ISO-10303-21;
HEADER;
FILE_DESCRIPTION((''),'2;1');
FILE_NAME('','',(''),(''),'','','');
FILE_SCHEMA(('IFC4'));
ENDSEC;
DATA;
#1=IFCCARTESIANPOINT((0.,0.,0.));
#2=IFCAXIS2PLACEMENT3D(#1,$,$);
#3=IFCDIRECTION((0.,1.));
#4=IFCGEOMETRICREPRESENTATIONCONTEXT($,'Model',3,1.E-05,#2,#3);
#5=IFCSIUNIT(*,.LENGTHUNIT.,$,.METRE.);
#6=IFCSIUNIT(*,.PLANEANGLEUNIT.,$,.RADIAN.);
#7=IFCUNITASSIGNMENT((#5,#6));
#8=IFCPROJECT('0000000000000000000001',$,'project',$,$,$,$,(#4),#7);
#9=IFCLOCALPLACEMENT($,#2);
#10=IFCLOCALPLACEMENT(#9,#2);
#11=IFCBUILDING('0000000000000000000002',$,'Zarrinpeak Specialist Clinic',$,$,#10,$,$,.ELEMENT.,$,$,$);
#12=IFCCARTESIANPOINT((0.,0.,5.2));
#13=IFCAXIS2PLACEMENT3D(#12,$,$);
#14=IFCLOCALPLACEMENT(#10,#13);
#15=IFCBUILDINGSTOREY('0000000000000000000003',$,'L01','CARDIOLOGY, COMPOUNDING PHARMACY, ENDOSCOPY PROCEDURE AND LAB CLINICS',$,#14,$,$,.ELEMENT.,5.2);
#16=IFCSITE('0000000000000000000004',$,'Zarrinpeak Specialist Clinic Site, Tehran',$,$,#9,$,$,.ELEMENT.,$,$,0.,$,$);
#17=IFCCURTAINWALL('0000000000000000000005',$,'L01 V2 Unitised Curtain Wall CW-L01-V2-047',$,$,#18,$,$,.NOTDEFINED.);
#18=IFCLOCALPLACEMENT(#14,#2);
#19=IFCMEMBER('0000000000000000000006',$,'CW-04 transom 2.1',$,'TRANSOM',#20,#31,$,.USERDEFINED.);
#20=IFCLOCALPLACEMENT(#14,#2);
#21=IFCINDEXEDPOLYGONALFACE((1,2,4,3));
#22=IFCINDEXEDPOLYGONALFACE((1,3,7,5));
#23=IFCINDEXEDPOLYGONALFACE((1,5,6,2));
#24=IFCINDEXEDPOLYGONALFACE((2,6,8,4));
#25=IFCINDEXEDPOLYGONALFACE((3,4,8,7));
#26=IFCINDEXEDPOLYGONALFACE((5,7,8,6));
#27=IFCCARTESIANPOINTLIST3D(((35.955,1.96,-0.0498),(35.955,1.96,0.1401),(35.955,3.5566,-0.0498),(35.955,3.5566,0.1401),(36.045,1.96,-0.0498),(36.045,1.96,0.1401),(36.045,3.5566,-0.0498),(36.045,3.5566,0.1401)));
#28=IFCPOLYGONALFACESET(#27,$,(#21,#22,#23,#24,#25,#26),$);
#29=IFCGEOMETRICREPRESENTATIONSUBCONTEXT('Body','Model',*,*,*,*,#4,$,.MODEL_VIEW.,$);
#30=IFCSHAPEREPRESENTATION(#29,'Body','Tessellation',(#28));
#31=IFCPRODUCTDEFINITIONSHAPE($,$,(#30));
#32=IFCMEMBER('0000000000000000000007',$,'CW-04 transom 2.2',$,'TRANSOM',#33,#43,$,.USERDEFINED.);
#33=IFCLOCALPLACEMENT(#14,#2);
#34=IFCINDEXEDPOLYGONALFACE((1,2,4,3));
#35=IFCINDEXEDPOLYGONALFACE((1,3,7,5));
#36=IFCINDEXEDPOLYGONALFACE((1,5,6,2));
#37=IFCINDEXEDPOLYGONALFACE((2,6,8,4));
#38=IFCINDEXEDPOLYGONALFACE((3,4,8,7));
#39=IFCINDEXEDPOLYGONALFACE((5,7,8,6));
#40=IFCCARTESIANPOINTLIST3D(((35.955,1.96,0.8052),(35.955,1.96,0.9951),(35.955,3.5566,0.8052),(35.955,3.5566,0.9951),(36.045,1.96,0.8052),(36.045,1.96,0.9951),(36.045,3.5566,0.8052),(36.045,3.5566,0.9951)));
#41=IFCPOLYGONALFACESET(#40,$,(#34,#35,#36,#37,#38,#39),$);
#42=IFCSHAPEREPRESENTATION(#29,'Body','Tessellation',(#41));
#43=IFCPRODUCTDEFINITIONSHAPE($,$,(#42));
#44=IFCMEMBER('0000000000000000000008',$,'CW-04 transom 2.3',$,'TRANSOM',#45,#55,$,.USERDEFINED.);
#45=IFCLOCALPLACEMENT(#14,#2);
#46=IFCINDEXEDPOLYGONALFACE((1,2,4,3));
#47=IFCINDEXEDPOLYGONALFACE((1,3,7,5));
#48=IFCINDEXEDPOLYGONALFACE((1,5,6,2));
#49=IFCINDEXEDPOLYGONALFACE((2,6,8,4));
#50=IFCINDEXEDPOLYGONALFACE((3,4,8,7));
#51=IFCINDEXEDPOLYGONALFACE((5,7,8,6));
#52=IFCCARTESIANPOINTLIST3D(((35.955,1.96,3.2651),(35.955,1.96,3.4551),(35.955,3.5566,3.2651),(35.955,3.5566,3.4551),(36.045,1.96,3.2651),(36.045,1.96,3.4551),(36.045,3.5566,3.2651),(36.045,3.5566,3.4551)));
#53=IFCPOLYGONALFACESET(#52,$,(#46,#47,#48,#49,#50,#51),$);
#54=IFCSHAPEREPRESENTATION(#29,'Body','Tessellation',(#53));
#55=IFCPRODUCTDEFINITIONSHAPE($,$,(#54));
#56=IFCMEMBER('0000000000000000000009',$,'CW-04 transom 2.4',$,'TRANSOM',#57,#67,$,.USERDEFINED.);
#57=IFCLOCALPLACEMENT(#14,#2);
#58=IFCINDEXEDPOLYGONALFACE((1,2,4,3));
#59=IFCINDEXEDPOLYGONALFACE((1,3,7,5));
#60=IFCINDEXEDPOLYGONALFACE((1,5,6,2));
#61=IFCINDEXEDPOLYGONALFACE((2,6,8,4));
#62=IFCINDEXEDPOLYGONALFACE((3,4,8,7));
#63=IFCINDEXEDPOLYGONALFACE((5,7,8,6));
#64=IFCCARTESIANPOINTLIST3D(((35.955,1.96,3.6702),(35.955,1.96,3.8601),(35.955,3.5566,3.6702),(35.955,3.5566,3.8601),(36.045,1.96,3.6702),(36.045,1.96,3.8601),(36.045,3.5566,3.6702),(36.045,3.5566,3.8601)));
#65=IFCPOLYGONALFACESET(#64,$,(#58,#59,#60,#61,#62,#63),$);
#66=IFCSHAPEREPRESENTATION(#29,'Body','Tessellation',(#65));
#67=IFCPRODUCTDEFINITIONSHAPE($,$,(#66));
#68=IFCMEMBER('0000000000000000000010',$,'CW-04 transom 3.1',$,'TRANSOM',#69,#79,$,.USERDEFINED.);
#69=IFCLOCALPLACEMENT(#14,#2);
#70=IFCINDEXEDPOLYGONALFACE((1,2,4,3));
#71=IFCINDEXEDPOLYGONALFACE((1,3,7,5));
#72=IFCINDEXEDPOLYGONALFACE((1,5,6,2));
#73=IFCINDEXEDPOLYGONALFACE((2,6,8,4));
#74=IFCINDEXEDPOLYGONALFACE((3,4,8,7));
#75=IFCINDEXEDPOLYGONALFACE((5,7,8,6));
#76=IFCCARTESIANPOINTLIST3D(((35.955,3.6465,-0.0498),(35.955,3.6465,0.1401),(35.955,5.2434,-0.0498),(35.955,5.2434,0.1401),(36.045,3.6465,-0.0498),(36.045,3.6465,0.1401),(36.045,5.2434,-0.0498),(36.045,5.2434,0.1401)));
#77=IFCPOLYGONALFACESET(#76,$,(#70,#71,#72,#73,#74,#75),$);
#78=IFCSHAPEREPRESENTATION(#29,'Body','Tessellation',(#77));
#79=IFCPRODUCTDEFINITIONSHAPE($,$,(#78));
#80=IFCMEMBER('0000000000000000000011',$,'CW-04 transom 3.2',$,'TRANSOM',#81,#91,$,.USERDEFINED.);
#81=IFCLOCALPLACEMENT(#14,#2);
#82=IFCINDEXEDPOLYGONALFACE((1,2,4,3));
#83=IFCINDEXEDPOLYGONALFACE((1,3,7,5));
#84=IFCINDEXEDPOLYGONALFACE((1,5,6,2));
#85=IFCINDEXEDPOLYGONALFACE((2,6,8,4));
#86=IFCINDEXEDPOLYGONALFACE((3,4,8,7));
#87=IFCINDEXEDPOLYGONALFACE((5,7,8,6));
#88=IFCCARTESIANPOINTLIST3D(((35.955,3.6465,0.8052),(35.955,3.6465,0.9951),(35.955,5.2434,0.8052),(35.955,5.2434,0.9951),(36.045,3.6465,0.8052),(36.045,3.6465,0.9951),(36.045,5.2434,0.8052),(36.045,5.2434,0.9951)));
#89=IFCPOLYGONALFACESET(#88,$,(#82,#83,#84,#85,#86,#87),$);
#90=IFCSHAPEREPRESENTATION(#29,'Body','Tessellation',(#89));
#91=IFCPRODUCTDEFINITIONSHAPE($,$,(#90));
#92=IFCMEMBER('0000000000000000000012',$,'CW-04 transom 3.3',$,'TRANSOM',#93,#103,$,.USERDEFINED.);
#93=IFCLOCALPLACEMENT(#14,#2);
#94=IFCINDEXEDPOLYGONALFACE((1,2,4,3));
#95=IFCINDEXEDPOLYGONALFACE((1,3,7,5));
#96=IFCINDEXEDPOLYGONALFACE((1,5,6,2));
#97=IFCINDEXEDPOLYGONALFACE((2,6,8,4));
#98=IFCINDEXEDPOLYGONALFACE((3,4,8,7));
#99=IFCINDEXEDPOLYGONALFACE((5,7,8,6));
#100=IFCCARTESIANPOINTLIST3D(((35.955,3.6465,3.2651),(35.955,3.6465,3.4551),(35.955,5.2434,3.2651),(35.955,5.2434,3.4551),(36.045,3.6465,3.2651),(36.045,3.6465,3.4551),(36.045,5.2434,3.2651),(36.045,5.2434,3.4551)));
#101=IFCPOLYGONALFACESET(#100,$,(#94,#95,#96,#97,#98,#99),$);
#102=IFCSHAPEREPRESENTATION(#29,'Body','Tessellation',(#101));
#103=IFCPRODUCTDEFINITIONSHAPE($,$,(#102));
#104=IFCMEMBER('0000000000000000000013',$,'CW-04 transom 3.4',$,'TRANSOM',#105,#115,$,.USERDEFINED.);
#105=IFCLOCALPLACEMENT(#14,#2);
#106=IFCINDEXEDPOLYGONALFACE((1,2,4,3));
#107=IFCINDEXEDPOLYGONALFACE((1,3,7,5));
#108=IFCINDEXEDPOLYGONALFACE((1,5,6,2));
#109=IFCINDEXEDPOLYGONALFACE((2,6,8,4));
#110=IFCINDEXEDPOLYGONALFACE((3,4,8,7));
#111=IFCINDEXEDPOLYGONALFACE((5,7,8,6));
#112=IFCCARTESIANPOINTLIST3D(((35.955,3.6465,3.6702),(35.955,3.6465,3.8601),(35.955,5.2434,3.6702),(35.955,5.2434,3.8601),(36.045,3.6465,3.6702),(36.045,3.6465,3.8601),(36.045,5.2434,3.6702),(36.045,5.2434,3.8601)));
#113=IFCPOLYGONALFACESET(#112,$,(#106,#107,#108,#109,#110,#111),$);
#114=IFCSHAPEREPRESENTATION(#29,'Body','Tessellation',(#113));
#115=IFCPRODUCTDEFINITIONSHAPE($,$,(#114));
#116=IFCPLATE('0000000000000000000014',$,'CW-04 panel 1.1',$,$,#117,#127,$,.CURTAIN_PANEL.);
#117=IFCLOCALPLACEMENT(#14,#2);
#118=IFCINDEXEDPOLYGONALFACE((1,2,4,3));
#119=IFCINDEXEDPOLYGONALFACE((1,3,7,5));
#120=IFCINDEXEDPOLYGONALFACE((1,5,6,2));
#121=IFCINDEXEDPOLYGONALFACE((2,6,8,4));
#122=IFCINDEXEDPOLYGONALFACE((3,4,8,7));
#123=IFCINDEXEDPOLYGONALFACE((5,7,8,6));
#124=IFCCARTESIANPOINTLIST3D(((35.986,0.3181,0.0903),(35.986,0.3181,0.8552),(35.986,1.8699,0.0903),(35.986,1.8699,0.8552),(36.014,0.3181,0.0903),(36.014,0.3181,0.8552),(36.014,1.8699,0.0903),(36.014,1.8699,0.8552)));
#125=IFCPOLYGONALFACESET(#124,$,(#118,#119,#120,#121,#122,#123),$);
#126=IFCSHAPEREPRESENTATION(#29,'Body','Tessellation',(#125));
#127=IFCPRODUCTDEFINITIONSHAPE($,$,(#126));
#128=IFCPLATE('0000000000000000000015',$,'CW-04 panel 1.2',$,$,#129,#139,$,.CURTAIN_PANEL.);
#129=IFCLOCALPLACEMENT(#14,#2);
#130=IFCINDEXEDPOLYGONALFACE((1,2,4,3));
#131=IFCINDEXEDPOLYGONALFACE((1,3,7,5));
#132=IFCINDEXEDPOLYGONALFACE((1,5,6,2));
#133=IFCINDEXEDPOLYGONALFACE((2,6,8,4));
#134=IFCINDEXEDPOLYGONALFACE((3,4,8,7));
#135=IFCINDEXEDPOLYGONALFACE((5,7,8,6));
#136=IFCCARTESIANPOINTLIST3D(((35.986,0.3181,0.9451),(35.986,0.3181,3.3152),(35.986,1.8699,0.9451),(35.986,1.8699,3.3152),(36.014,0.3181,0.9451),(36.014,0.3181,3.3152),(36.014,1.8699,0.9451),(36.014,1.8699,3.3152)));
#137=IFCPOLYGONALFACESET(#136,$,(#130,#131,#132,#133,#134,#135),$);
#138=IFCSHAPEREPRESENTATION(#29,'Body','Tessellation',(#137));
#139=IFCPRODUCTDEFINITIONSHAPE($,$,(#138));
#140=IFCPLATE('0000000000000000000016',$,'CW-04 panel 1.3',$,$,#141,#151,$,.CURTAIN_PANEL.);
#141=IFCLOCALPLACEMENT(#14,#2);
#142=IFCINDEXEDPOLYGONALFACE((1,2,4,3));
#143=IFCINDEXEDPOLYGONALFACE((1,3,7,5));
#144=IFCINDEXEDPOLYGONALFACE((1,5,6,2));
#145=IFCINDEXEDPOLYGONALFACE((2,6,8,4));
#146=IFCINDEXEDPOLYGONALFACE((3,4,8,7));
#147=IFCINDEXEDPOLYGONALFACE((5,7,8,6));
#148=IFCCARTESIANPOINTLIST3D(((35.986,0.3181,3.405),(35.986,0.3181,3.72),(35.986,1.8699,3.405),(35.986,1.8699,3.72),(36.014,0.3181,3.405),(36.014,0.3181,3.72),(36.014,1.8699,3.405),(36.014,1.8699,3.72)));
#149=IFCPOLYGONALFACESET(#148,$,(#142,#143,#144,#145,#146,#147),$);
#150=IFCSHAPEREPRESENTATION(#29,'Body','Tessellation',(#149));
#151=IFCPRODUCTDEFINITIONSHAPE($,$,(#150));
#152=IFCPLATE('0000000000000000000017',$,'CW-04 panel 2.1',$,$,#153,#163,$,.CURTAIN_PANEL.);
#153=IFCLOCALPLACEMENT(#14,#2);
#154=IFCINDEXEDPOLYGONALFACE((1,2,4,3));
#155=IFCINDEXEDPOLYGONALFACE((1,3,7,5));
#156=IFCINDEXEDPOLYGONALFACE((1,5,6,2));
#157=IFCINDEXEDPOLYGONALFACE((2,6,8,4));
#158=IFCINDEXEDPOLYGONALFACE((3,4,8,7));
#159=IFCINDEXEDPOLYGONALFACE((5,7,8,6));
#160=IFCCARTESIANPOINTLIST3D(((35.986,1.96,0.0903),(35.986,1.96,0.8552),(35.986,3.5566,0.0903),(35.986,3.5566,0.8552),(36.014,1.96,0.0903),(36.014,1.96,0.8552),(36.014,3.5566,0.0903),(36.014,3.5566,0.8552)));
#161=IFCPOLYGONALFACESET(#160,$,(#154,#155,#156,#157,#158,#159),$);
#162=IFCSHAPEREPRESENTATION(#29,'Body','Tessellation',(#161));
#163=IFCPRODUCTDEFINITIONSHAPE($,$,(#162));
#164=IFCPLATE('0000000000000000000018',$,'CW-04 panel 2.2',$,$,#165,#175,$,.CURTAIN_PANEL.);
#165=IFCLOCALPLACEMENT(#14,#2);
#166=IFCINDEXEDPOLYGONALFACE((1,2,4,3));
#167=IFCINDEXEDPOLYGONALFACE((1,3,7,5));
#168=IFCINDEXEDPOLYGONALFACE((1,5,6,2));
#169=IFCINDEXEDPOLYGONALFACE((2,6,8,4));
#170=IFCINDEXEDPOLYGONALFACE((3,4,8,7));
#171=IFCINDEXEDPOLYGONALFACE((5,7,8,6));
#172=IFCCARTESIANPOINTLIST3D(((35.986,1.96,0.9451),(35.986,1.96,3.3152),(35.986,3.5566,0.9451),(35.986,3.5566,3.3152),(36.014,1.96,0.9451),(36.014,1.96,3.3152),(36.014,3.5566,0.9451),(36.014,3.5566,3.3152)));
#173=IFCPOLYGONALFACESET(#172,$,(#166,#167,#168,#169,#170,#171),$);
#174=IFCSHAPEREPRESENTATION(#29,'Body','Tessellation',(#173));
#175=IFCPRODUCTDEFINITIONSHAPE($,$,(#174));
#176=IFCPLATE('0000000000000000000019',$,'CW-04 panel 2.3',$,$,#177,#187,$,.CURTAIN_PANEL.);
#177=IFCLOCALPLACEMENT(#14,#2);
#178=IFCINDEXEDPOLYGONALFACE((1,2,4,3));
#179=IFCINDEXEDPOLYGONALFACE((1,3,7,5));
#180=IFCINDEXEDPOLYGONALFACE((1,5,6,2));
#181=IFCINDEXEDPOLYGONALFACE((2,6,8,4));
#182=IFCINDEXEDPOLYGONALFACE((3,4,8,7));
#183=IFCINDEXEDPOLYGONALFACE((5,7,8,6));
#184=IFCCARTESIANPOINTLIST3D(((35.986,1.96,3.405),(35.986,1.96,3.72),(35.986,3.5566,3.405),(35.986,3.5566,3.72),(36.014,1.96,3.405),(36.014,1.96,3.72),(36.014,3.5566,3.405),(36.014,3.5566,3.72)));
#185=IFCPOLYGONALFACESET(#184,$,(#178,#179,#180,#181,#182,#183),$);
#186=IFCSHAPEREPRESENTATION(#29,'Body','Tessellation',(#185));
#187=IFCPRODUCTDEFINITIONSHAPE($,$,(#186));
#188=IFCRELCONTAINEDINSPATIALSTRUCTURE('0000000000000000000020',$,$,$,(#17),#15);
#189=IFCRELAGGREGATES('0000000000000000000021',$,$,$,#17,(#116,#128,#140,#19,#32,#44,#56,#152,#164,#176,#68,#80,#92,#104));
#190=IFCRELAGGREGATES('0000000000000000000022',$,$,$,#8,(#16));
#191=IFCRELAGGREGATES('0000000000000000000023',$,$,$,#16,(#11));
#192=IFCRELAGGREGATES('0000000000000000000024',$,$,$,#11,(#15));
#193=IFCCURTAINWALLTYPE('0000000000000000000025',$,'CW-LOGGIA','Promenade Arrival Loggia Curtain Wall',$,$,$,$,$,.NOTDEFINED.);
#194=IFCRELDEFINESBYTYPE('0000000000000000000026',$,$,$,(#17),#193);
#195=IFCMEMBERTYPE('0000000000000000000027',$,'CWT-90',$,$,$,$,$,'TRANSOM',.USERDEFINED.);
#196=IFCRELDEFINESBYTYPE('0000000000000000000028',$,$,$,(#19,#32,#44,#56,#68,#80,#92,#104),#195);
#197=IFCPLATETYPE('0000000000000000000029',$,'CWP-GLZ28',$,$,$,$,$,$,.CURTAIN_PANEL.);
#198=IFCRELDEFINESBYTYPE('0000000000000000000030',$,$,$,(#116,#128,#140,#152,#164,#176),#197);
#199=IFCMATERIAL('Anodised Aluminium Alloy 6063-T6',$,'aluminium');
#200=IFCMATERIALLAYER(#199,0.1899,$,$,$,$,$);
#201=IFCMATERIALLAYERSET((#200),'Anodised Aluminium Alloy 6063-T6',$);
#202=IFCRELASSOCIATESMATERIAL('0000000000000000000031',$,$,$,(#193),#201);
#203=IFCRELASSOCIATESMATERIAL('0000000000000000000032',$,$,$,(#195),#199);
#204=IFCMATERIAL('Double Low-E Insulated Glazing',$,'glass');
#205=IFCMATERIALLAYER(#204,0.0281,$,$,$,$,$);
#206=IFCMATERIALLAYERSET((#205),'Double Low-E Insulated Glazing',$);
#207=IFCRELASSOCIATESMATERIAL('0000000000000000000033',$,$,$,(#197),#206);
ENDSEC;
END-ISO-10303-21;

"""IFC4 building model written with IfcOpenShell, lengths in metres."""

from ifc_helpers import new_model, si_unit, direction, frame, origin, origin_2d, place, context, subcontext, project, spatial, rectangle, extrude, material, layer, layer_set, material_profile, profile_set, type_object, element, aggregate, save


model = new_model("IFC4")

# Units and contexts
model_context = context("Model", 3, precision=1e-05, world=origin(), true_north=direction((0.0, 1.0)))
body_context = subcontext(model_context, "Body", "Model", "MODEL_VIEW")
ifc_project = project(units=[si_unit("LENGTHUNIT", "METRE"), si_unit("PLANEANGLEUNIT", "RADIAN")], contexts=[model_context])

# Site, building, storey
site_placement = place(None, origin())
site = spatial("IfcSite", under=ifc_project, at=site_placement, Name="Zarrinpeak Specialist Clinic Site, Tehran", CompositionType="ELEMENT", RefElevation=0.0)
building_placement = place(site_placement, origin())
building = spatial("IfcBuilding", under=site, at=building_placement, Name="Zarrinpeak Specialist Clinic", CompositionType="ELEMENT")
storey_placement = place(building_placement, frame((0.0, 0.0, 5.2)))
storey = spatial("IfcBuildingStorey", under=building, at=storey_placement, Name="L01", Description="CARDIOLOGY, COMPOUNDING PHARMACY, ENDOSCOPY PROCEDURE AND LAB CLINICS", CompositionType="ELEMENT", Elevation=5.2)

# Curtain wall, members, plates
ifc_material_1 = material(Name="Anodised Aluminium Alloy 6063-T6", Category="aluminium")
ifc_layer_1 = layer(ifc_material_1, 0.1899)
ifc_layer_set_1 = layer_set([ifc_layer_1], Name="Anodised Aluminium Alloy 6063-T6")
curtain_wall_type = type_object("IfcCurtainWallType", Name="CW-LOGGIA", Description="Promenade Arrival Loggia Curtain Wall", PredefinedType="NOTDEFINED", material=ifc_layer_set_1)
curtain_wall_placement = place(storey_placement, origin())
curtain_wall = element("IfcCurtainWall", 1, at=curtain_wall_placement, inside=storey, type_object=curtain_wall_type, Name="L01 V2 Unitised Curtain Wall CW-L01-V2-047", PredefinedType="NOTDEFINED")
ifc_material_profile_1 = material_profile(ifc_material_1, rectangle(XDim=0.0901, YDim=0.1899, at=origin_2d()), Name="ALU 90x190")
ifc_profile_set_1 = profile_set([ifc_material_profile_1], Name="Anodised Aluminium Alloy 6063-T6")
member_type_1 = type_object("IfcMemberType", Name="CWT-90", ElementType="TRANSOM", PredefinedType="USERDEFINED", material=ifc_profile_set_1)
member_1_placement = place(storey_placement, frame((36.0, 1.96, 0.0452), z_axis=(0.0, 1.0, 0.0), x_axis=(-1.0, 0.0, 0.0)))
member_1 = element("IfcMember", 2, at=member_1_placement, type_object=member_type_1, Name="CW-04 transom 2.1", ObjectType="TRANSOM", PredefinedType="USERDEFINED", context=body_context, shape_type="SweptSolid", body=[
    extrude(rectangle(XDim=0.0901, YDim=0.1899, at=origin_2d()), origin(), (0.0, 0.0, 1.0), 1.5967),
])
member_2_placement = place(storey_placement, frame((36.0, 1.96, 0.9001), z_axis=(0.0, 1.0, 0.0), x_axis=(-1.0, 0.0, 0.0)))
member_2 = element("IfcMember", 3, at=member_2_placement, type_object=member_type_1, Name="CW-04 transom 2.2", ObjectType="TRANSOM", PredefinedType="USERDEFINED", context=body_context, shape_type="SweptSolid", body=[
    extrude(rectangle(XDim=0.0901, YDim=0.1899, at=origin_2d()), origin(), (0.0, 0.0, 1.0), 1.5967),
])
member_3_placement = place(storey_placement, frame((36.0, 1.96, 3.3601), z_axis=(0.0, 1.0, 0.0), x_axis=(-1.0, 0.0, 0.0)))
member_3 = element("IfcMember", 4, at=member_3_placement, type_object=member_type_1, Name="CW-04 transom 2.3", ObjectType="TRANSOM", PredefinedType="USERDEFINED", context=body_context, shape_type="SweptSolid", body=[
    extrude(rectangle(XDim=0.0901, YDim=0.1899, at=origin_2d()), origin(), (0.0, 0.0, 1.0), 1.5967),
])
member_4_placement = place(storey_placement, frame((36.0, 1.96, 3.7651), z_axis=(0.0, 1.0, 0.0), x_axis=(-1.0, 0.0, 0.0)))
member_4 = element("IfcMember", 5, at=member_4_placement, type_object=member_type_1, Name="CW-04 transom 2.4", ObjectType="TRANSOM", PredefinedType="USERDEFINED", context=body_context, shape_type="SweptSolid", body=[
    extrude(rectangle(XDim=0.0901, YDim=0.1899, at=origin_2d()), origin(), (0.0, 0.0, 1.0), 1.5967),
])
member_5_placement = place(storey_placement, frame((36.0, 3.6465, 0.0452), z_axis=(0.0, 1.0, 0.0), x_axis=(-1.0, 0.0, 0.0)))
member_5 = element("IfcMember", 6, at=member_5_placement, type_object=member_type_1, Name="CW-04 transom 3.1", ObjectType="TRANSOM", PredefinedType="USERDEFINED", context=body_context, shape_type="SweptSolid", body=[
    extrude(rectangle(XDim=0.0901, YDim=0.1899, at=origin_2d()), origin(), (0.0, 0.0, 1.0), 1.5969),
])
member_6_placement = place(storey_placement, frame((36.0, 3.6465, 0.9001), z_axis=(0.0, 1.0, 0.0), x_axis=(-1.0, 0.0, 0.0)))
member_6 = element("IfcMember", 7, at=member_6_placement, type_object=member_type_1, Name="CW-04 transom 3.2", ObjectType="TRANSOM", PredefinedType="USERDEFINED", context=body_context, shape_type="SweptSolid", body=[
    extrude(rectangle(XDim=0.0901, YDim=0.1899, at=origin_2d()), origin(), (0.0, 0.0, 1.0), 1.5969),
])
member_7_placement = place(storey_placement, frame((36.0, 3.6465, 3.3601), z_axis=(0.0, 1.0, 0.0), x_axis=(-1.0, 0.0, 0.0)))
member_7 = element("IfcMember", 8, at=member_7_placement, type_object=member_type_1, Name="CW-04 transom 3.3", ObjectType="TRANSOM", PredefinedType="USERDEFINED", context=body_context, shape_type="SweptSolid", body=[
    extrude(rectangle(XDim=0.0901, YDim=0.1899, at=origin_2d()), origin(), (0.0, 0.0, 1.0), 1.5969),
])
member_8_placement = place(storey_placement, frame((36.0, 3.6465, 3.7651), z_axis=(0.0, 1.0, 0.0), x_axis=(-1.0, 0.0, 0.0)))
member_8 = element("IfcMember", 9, at=member_8_placement, type_object=member_type_1, Name="CW-04 transom 3.4", ObjectType="TRANSOM", PredefinedType="USERDEFINED", context=body_context, shape_type="SweptSolid", body=[
    extrude(rectangle(XDim=0.0901, YDim=0.1899, at=origin_2d()), origin(), (0.0, 0.0, 1.0), 1.5969),
])
ifc_material_2 = material(Name="Double Low-E Insulated Glazing", Category="glass")
ifc_layer_2 = layer(ifc_material_2, 0.0281)
ifc_layer_set_2 = layer_set([ifc_layer_2], Name="Double Low-E Insulated Glazing")
plate_type_1 = type_object("IfcPlateType", Name="CWP-GLZ28", PredefinedType="CURTAIN_PANEL", material=ifc_layer_set_2)
plate_1_placement = place(storey_placement, frame((36.0, 1.094, 0.0903), z_axis=(0.0, 0.0, 1.0), x_axis=(0.0, 1.0, 0.0)))
plate_1 = element("IfcPlate", 10, at=plate_1_placement, type_object=plate_type_1, Name="CW-04 panel 1.1", PredefinedType="CURTAIN_PANEL", context=body_context, shape_type="SweptSolid", body=[
    extrude(rectangle(XDim=1.5518, YDim=0.0281, at=origin_2d()), origin(), (0.0, 0.0, 1.0), 0.7649),
])
plate_2_placement = place(storey_placement, frame((36.0, 1.094, 0.9451), z_axis=(0.0, 0.0, 1.0), x_axis=(0.0, 1.0, 0.0)))
plate_2 = element("IfcPlate", 11, at=plate_2_placement, type_object=plate_type_1, Name="CW-04 panel 1.2", PredefinedType="CURTAIN_PANEL", context=body_context, shape_type="SweptSolid", body=[
    extrude(rectangle(XDim=1.5518, YDim=0.0281, at=origin_2d()), origin(), (0.0, 0.0, 1.0), 2.3701),
])
plate_3_placement = place(storey_placement, frame((36.0, 1.094, 3.405), z_axis=(0.0, 0.0, 1.0), x_axis=(0.0, 1.0, 0.0)))
plate_3 = element("IfcPlate", 12, at=plate_3_placement, type_object=plate_type_1, Name="CW-04 panel 1.3", PredefinedType="CURTAIN_PANEL", context=body_context, shape_type="SweptSolid", body=[
    extrude(rectangle(XDim=1.5518, YDim=0.0281, at=origin_2d()), origin(), (0.0, 0.0, 1.0), 0.3149),
])
plate_4_placement = place(storey_placement, frame((36.0, 2.7583, 0.0903), z_axis=(0.0, 0.0, 1.0), x_axis=(0.0, 1.0, 0.0)))
plate_4 = element("IfcPlate", 13, at=plate_4_placement, type_object=plate_type_1, Name="CW-04 panel 2.1", PredefinedType="CURTAIN_PANEL", context=body_context, shape_type="SweptSolid", body=[
    extrude(rectangle(XDim=1.5967, YDim=0.0281, at=origin_2d()), origin(), (0.0, 0.0, 1.0), 0.7649),
])
plate_5_placement = place(storey_placement, frame((36.0, 2.7583, 0.9451), z_axis=(0.0, 0.0, 1.0), x_axis=(0.0, 1.0, 0.0)))
plate_5 = element("IfcPlate", 14, at=plate_5_placement, type_object=plate_type_1, Name="CW-04 panel 2.2", PredefinedType="CURTAIN_PANEL", context=body_context, shape_type="SweptSolid", body=[
    extrude(rectangle(XDim=1.5967, YDim=0.0281, at=origin_2d()), origin(), (0.0, 0.0, 1.0), 2.3701),
])
plate_6_placement = place(storey_placement, frame((36.0, 2.7583, 3.405), z_axis=(0.0, 0.0, 1.0), x_axis=(0.0, 1.0, 0.0)))
plate_6 = element("IfcPlate", 15, at=plate_6_placement, type_object=plate_type_1, Name="CW-04 panel 2.3", PredefinedType="CURTAIN_PANEL", context=body_context, shape_type="SweptSolid", body=[
    extrude(rectangle(XDim=1.5967, YDim=0.0281, at=origin_2d()), origin(), (0.0, 0.0, 1.0), 0.3149),
])
aggregate(curtain_wall, [plate_1, plate_2, plate_3, member_1, member_2, member_3, member_4, plate_4, plate_5, plate_6, member_5, member_6, member_7, member_8])

save(model, "model.ifc")
